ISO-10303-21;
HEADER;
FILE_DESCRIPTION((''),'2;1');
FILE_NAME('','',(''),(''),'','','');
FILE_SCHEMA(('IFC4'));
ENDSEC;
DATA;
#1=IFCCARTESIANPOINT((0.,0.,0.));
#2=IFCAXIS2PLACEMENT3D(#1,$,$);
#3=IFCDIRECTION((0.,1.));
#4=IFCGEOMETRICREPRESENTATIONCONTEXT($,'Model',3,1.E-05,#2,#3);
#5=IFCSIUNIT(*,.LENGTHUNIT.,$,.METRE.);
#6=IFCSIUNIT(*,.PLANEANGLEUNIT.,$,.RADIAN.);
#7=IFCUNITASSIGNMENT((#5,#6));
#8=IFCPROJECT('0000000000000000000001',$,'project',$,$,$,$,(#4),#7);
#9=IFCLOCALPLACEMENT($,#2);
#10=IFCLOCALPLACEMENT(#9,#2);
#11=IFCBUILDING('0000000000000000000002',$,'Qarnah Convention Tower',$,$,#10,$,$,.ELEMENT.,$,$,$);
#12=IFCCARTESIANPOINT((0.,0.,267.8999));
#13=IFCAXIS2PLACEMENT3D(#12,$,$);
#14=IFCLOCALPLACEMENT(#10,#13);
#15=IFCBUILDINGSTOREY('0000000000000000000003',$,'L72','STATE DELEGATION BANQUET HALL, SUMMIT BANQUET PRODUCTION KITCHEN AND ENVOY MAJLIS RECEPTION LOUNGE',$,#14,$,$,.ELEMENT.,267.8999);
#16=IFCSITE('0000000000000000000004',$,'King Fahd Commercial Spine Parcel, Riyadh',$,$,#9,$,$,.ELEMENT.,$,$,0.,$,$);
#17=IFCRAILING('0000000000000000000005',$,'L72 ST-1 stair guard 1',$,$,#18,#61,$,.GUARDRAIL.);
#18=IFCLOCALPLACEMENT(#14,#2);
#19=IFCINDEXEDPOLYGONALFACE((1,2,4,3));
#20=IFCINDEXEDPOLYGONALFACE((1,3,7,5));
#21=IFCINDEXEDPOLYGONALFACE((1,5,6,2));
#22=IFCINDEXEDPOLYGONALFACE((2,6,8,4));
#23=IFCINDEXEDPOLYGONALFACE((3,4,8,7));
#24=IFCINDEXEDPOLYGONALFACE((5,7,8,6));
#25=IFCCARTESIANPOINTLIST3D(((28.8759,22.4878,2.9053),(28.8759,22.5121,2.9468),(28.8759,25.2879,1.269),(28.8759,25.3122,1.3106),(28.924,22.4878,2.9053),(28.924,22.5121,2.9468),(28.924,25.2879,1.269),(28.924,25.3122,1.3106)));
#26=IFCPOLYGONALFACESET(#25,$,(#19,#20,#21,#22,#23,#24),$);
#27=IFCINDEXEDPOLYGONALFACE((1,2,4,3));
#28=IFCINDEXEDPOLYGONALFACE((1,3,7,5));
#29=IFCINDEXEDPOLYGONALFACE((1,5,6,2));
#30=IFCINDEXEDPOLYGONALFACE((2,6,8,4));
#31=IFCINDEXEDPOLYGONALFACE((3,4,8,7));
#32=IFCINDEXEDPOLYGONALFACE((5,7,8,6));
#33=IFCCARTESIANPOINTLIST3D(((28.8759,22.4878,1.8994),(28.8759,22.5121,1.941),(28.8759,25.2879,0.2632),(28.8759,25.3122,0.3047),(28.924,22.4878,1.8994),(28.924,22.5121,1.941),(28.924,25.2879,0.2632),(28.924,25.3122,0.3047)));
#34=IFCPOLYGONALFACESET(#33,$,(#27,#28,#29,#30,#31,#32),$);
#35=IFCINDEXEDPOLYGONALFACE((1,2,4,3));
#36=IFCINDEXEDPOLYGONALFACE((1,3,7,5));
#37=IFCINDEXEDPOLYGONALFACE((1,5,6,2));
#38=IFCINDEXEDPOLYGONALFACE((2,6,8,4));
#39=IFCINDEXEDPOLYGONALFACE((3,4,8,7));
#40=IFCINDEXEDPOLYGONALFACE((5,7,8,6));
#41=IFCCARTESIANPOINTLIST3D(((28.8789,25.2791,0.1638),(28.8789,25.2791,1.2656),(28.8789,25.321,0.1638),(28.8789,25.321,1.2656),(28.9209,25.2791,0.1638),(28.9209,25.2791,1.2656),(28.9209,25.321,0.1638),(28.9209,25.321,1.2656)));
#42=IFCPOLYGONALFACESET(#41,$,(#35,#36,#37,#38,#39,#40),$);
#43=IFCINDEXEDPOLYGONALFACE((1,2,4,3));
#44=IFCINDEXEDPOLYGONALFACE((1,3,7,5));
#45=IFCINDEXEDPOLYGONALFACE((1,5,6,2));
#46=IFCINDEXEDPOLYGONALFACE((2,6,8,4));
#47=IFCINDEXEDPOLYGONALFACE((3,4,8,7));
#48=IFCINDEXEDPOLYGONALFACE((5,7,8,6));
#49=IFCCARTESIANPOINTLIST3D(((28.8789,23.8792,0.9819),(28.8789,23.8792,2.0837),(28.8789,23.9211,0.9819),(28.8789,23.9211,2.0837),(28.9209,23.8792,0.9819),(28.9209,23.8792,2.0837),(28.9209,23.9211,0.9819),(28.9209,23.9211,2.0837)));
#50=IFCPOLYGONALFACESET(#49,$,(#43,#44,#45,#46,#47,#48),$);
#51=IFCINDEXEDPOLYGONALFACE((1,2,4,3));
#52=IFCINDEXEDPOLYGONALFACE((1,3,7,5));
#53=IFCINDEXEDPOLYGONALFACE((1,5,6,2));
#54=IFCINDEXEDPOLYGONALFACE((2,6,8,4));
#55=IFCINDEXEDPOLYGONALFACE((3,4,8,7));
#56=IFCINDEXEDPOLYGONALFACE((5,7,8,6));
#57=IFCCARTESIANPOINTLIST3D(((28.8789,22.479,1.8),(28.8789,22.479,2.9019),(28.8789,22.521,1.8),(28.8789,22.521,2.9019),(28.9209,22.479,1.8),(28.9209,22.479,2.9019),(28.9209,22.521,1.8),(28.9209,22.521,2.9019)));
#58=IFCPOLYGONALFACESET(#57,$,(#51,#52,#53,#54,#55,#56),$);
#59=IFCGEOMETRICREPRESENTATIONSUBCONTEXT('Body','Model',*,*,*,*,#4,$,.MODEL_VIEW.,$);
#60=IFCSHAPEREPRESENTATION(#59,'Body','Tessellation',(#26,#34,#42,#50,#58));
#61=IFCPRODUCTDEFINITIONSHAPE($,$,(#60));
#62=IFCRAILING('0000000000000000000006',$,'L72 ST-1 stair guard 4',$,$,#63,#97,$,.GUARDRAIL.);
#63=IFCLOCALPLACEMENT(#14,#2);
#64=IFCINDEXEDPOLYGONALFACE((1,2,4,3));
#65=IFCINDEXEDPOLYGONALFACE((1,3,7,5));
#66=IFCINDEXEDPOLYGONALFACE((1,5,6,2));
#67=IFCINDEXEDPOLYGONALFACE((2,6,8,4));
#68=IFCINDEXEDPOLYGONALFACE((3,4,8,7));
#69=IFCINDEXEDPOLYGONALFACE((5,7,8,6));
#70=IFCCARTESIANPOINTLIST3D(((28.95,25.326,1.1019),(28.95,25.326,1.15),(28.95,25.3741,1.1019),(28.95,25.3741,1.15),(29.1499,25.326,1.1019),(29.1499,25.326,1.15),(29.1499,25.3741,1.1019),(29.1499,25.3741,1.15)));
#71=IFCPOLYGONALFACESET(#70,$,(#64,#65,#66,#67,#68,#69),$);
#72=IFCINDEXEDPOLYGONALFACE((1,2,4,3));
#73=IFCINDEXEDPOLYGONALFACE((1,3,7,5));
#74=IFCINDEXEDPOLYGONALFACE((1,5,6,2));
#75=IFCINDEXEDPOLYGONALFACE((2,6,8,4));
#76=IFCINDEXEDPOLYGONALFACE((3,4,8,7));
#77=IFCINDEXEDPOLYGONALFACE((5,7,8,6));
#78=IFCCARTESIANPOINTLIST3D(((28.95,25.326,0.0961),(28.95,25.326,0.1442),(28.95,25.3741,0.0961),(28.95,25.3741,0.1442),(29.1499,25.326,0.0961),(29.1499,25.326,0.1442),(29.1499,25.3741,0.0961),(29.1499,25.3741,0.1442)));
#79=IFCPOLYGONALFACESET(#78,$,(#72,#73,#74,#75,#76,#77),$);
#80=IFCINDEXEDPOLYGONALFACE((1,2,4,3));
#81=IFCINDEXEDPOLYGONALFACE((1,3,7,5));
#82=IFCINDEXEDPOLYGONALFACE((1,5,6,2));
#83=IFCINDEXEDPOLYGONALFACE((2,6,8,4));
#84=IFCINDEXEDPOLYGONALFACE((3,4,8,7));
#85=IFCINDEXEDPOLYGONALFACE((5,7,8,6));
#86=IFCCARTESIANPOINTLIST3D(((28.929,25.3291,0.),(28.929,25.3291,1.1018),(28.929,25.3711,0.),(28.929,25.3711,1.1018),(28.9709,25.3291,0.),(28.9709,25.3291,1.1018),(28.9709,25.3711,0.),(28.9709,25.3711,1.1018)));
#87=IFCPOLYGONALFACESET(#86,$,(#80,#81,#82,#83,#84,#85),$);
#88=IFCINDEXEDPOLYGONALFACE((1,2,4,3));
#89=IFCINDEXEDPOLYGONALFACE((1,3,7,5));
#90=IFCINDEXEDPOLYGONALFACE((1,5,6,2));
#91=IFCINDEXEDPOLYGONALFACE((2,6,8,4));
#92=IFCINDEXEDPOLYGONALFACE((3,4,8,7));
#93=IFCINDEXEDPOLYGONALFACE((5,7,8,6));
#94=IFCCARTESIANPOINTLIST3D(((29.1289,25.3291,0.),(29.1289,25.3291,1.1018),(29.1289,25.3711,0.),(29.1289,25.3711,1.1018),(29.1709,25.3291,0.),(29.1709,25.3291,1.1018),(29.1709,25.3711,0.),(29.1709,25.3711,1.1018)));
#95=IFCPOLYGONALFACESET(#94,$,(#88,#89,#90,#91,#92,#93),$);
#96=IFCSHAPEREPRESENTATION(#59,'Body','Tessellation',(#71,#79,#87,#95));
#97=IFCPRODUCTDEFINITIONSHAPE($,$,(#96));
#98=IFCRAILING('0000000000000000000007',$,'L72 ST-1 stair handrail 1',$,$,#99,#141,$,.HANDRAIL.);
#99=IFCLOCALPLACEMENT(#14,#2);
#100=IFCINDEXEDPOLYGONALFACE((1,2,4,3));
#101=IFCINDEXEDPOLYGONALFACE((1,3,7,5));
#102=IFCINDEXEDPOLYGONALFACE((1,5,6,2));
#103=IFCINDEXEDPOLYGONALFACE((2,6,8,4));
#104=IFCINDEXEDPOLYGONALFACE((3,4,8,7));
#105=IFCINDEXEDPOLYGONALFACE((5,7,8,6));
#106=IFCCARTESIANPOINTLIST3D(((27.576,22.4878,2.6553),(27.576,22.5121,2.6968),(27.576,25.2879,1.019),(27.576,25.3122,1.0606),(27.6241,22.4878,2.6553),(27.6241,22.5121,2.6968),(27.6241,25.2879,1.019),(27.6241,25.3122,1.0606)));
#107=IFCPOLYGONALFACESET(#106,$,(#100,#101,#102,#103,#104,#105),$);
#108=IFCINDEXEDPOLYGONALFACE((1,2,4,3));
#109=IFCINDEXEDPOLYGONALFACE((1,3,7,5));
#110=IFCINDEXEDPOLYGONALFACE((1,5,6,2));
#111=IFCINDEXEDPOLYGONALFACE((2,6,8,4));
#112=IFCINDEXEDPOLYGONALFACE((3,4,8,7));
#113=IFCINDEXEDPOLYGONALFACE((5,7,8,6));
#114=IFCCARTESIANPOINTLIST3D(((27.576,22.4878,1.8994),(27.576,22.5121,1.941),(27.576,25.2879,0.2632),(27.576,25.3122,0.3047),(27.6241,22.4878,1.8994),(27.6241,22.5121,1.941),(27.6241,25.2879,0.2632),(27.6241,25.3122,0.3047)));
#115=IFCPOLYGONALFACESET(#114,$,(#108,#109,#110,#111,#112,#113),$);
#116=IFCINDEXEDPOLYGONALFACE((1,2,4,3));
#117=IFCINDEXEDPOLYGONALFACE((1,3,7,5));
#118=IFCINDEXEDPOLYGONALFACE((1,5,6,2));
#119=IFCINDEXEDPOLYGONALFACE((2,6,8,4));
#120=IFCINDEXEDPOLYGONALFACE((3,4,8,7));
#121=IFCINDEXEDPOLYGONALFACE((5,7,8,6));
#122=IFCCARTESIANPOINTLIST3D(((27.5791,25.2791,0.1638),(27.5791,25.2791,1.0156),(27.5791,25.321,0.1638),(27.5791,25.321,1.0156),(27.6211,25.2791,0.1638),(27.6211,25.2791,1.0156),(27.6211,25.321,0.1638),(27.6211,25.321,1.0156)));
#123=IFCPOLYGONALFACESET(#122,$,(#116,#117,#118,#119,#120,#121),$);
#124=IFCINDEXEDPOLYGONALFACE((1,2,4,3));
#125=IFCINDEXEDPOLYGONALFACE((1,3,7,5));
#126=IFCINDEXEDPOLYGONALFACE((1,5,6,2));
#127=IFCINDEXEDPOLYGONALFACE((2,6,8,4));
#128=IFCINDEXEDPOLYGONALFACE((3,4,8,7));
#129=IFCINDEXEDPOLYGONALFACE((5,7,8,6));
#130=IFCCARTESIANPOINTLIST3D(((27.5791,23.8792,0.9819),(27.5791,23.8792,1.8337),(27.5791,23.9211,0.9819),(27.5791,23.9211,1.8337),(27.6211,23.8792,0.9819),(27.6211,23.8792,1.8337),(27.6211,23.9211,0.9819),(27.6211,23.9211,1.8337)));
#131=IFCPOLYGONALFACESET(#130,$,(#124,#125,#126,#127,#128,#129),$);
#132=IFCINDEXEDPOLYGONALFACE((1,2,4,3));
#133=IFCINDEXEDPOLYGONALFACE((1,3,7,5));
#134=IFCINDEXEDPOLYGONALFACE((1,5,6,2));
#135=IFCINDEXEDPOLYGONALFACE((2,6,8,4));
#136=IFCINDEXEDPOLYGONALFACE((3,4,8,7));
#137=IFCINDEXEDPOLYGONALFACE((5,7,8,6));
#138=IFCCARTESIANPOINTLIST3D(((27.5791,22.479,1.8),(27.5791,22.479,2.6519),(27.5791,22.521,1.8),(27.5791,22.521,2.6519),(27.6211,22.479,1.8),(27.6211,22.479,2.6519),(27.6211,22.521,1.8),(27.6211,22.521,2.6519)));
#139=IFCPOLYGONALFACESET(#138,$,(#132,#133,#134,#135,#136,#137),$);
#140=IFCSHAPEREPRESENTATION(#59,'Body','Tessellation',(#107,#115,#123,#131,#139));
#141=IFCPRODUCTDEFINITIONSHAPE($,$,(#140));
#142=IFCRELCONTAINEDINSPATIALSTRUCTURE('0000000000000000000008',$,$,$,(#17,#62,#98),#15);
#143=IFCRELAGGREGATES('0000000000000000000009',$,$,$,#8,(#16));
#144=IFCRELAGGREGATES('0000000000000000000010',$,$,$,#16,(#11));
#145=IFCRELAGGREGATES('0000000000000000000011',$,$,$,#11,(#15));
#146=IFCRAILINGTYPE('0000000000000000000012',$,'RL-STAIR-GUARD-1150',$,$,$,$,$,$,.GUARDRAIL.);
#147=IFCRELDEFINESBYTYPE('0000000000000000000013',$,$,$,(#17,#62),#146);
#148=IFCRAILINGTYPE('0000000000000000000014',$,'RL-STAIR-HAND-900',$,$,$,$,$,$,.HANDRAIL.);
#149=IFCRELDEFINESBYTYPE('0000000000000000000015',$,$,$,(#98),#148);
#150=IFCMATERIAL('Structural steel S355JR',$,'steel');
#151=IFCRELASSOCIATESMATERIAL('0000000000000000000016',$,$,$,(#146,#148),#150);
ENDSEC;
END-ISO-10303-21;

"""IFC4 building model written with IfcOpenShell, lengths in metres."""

from ifc_helpers import new_model, si_unit, direction, frame, origin, origin_2d, place, context, subcontext, project, spatial, rectangle, extrude, material, type_object, element, save


model = new_model("IFC4")

# Units and contexts
model_context = context("Model", 3, precision=1e-05, world=origin(), true_north=direction((0.0, 1.0)))
body_context = subcontext(model_context, "Body", "Model", "MODEL_VIEW")
ifc_project = project(units=[si_unit("LENGTHUNIT", "METRE"), si_unit("PLANEANGLEUNIT", "RADIAN")], contexts=[model_context])

# Site, building, storey
site_placement = place(None, origin())
site = spatial("IfcSite", under=ifc_project, at=site_placement, Name="King Fahd Commercial Spine Parcel, Riyadh", CompositionType="ELEMENT", RefElevation=0.0)
building_placement = place(site_placement, origin())
building = spatial("IfcBuilding", under=site, at=building_placement, Name="Qarnah Convention Tower", CompositionType="ELEMENT")
storey_placement = place(building_placement, frame((0.0, 0.0, 267.8999)))
storey = spatial("IfcBuildingStorey", under=building, at=storey_placement, Name="L72", Description="STATE DELEGATION BANQUET HALL, SUMMIT BANQUET PRODUCTION KITCHEN AND ENVOY MAJLIS RECEPTION LOUNGE", CompositionType="ELEMENT", Elevation=267.8999)

# Shared definitions
ifc_material_1 = material(Name="Structural steel S355JR", Category="steel")

# Railings
railing_type_1 = type_object("IfcRailingType", Name="RL-STAIR-GUARD-1150", PredefinedType="GUARDRAIL", material=ifc_material_1)
railing_1_placement = place(storey_placement, frame((28.8999, 25.3, 0.1638)))
element("IfcRailing", 1, at=railing_1_placement, inside=storey, type_object=railing_type_1, Name="L72 ST-1 stair guard 1", PredefinedType="GUARDRAIL", context=body_context, shape_type="SweptSolid", body=[
    extrude(rectangle(XDim=0.0481, YDim=0.0481, at=origin_2d()), frame((0.0, 0.0, 1.126), z_axis=(0.0, -0.863394, 0.504531), x_axis=(1.0, 0.0, 0.0)), (0.0, 0.0, 1.0), 3.2432),
    extrude(rectangle(XDim=0.0481, YDim=0.0481, at=origin_2d()), frame((0.0, 0.0, 0.1201), z_axis=(0.0, -0.863394, 0.504531), x_axis=(1.0, 0.0, 0.0)), (0.0, 0.0, 1.0), 3.2432),
    extrude(rectangle(XDim=0.042, YDim=0.042, at=origin_2d()), origin(), (0.0, 0.0, 1.0), 1.1018),
    extrude(rectangle(XDim=0.042, YDim=0.042, at=origin_2d()), frame((0.0, -1.3999, 0.8181)), (0.0, 0.0, 1.0), 1.1018),
    extrude(rectangle(XDim=0.042, YDim=0.042, at=origin_2d()), frame((0.0, -2.8, 1.6362)), (0.0, 0.0, 1.0), 1.1018),
])
railing_2_placement = place(storey_placement, frame((28.95, 25.3501, 0.0)))
element("IfcRailing", 2, at=railing_2_placement, inside=storey, type_object=railing_type_1, Name="L72 ST-1 stair guard 4", PredefinedType="GUARDRAIL", context=body_context, shape_type="SweptSolid", body=[
    extrude(rectangle(XDim=0.0481, YDim=0.0481, at=origin_2d()), frame((0.0, 0.0, 1.126), z_axis=(1.0, 0.0, 0.0), x_axis=(0.0, 1.0, 0.0)), (0.0, 0.0, 1.0), 0.2),
    extrude(rectangle(XDim=0.0481, YDim=0.0481, at=origin_2d()), frame((0.0, 0.0, 0.1201), z_axis=(1.0, 0.0, 0.0), x_axis=(0.0, 1.0, 0.0)), (0.0, 0.0, 1.0), 0.2),
    extrude(rectangle(XDim=0.042, YDim=0.042, at=origin_2d()), origin(), (0.0, 0.0, 1.0), 1.1018),
    extrude(rectangle(XDim=0.042, YDim=0.042, at=origin_2d()), frame((0.2, 0.0, 0.0)), (0.0, 0.0, 1.0), 1.1018),
])
railing_type_2 = type_object("IfcRailingType", Name="RL-STAIR-HAND-900", PredefinedType="HANDRAIL", material=ifc_material_1)
railing_3_placement = place(storey_placement, frame((27.6001, 25.3, 0.1638)))
element("IfcRailing", 3, at=railing_3_placement, inside=storey, type_object=railing_type_2, Name="L72 ST-1 stair handrail 1", PredefinedType="HANDRAIL", context=body_context, shape_type="SweptSolid", body=[
    extrude(rectangle(XDim=0.0481, YDim=0.0481, at=origin_2d()), frame((0.0, 0.0, 0.876), z_axis=(0.0, -0.863394, 0.504531), x_axis=(1.0, 0.0, 0.0)), (0.0, 0.0, 1.0), 3.2432),
    extrude(rectangle(XDim=0.0481, YDim=0.0481, at=origin_2d()), frame((0.0, 0.0, 0.1201), z_axis=(0.0, -0.863394, 0.504531), x_axis=(1.0, 0.0, 0.0)), (0.0, 0.0, 1.0), 3.2432),
    extrude(rectangle(XDim=0.042, YDim=0.042, at=origin_2d()), origin(), (0.0, 0.0, 1.0), 0.8518),
    extrude(rectangle(XDim=0.042, YDim=0.042, at=origin_2d()), frame((0.0, -1.3999, 0.8181)), (0.0, 0.0, 1.0), 0.8518),
    extrude(rectangle(XDim=0.042, YDim=0.042, at=origin_2d()), frame((0.0, -2.8, 1.6362)), (0.0, 0.0, 1.0), 0.8518),
])

save(model, "model.ifc")
